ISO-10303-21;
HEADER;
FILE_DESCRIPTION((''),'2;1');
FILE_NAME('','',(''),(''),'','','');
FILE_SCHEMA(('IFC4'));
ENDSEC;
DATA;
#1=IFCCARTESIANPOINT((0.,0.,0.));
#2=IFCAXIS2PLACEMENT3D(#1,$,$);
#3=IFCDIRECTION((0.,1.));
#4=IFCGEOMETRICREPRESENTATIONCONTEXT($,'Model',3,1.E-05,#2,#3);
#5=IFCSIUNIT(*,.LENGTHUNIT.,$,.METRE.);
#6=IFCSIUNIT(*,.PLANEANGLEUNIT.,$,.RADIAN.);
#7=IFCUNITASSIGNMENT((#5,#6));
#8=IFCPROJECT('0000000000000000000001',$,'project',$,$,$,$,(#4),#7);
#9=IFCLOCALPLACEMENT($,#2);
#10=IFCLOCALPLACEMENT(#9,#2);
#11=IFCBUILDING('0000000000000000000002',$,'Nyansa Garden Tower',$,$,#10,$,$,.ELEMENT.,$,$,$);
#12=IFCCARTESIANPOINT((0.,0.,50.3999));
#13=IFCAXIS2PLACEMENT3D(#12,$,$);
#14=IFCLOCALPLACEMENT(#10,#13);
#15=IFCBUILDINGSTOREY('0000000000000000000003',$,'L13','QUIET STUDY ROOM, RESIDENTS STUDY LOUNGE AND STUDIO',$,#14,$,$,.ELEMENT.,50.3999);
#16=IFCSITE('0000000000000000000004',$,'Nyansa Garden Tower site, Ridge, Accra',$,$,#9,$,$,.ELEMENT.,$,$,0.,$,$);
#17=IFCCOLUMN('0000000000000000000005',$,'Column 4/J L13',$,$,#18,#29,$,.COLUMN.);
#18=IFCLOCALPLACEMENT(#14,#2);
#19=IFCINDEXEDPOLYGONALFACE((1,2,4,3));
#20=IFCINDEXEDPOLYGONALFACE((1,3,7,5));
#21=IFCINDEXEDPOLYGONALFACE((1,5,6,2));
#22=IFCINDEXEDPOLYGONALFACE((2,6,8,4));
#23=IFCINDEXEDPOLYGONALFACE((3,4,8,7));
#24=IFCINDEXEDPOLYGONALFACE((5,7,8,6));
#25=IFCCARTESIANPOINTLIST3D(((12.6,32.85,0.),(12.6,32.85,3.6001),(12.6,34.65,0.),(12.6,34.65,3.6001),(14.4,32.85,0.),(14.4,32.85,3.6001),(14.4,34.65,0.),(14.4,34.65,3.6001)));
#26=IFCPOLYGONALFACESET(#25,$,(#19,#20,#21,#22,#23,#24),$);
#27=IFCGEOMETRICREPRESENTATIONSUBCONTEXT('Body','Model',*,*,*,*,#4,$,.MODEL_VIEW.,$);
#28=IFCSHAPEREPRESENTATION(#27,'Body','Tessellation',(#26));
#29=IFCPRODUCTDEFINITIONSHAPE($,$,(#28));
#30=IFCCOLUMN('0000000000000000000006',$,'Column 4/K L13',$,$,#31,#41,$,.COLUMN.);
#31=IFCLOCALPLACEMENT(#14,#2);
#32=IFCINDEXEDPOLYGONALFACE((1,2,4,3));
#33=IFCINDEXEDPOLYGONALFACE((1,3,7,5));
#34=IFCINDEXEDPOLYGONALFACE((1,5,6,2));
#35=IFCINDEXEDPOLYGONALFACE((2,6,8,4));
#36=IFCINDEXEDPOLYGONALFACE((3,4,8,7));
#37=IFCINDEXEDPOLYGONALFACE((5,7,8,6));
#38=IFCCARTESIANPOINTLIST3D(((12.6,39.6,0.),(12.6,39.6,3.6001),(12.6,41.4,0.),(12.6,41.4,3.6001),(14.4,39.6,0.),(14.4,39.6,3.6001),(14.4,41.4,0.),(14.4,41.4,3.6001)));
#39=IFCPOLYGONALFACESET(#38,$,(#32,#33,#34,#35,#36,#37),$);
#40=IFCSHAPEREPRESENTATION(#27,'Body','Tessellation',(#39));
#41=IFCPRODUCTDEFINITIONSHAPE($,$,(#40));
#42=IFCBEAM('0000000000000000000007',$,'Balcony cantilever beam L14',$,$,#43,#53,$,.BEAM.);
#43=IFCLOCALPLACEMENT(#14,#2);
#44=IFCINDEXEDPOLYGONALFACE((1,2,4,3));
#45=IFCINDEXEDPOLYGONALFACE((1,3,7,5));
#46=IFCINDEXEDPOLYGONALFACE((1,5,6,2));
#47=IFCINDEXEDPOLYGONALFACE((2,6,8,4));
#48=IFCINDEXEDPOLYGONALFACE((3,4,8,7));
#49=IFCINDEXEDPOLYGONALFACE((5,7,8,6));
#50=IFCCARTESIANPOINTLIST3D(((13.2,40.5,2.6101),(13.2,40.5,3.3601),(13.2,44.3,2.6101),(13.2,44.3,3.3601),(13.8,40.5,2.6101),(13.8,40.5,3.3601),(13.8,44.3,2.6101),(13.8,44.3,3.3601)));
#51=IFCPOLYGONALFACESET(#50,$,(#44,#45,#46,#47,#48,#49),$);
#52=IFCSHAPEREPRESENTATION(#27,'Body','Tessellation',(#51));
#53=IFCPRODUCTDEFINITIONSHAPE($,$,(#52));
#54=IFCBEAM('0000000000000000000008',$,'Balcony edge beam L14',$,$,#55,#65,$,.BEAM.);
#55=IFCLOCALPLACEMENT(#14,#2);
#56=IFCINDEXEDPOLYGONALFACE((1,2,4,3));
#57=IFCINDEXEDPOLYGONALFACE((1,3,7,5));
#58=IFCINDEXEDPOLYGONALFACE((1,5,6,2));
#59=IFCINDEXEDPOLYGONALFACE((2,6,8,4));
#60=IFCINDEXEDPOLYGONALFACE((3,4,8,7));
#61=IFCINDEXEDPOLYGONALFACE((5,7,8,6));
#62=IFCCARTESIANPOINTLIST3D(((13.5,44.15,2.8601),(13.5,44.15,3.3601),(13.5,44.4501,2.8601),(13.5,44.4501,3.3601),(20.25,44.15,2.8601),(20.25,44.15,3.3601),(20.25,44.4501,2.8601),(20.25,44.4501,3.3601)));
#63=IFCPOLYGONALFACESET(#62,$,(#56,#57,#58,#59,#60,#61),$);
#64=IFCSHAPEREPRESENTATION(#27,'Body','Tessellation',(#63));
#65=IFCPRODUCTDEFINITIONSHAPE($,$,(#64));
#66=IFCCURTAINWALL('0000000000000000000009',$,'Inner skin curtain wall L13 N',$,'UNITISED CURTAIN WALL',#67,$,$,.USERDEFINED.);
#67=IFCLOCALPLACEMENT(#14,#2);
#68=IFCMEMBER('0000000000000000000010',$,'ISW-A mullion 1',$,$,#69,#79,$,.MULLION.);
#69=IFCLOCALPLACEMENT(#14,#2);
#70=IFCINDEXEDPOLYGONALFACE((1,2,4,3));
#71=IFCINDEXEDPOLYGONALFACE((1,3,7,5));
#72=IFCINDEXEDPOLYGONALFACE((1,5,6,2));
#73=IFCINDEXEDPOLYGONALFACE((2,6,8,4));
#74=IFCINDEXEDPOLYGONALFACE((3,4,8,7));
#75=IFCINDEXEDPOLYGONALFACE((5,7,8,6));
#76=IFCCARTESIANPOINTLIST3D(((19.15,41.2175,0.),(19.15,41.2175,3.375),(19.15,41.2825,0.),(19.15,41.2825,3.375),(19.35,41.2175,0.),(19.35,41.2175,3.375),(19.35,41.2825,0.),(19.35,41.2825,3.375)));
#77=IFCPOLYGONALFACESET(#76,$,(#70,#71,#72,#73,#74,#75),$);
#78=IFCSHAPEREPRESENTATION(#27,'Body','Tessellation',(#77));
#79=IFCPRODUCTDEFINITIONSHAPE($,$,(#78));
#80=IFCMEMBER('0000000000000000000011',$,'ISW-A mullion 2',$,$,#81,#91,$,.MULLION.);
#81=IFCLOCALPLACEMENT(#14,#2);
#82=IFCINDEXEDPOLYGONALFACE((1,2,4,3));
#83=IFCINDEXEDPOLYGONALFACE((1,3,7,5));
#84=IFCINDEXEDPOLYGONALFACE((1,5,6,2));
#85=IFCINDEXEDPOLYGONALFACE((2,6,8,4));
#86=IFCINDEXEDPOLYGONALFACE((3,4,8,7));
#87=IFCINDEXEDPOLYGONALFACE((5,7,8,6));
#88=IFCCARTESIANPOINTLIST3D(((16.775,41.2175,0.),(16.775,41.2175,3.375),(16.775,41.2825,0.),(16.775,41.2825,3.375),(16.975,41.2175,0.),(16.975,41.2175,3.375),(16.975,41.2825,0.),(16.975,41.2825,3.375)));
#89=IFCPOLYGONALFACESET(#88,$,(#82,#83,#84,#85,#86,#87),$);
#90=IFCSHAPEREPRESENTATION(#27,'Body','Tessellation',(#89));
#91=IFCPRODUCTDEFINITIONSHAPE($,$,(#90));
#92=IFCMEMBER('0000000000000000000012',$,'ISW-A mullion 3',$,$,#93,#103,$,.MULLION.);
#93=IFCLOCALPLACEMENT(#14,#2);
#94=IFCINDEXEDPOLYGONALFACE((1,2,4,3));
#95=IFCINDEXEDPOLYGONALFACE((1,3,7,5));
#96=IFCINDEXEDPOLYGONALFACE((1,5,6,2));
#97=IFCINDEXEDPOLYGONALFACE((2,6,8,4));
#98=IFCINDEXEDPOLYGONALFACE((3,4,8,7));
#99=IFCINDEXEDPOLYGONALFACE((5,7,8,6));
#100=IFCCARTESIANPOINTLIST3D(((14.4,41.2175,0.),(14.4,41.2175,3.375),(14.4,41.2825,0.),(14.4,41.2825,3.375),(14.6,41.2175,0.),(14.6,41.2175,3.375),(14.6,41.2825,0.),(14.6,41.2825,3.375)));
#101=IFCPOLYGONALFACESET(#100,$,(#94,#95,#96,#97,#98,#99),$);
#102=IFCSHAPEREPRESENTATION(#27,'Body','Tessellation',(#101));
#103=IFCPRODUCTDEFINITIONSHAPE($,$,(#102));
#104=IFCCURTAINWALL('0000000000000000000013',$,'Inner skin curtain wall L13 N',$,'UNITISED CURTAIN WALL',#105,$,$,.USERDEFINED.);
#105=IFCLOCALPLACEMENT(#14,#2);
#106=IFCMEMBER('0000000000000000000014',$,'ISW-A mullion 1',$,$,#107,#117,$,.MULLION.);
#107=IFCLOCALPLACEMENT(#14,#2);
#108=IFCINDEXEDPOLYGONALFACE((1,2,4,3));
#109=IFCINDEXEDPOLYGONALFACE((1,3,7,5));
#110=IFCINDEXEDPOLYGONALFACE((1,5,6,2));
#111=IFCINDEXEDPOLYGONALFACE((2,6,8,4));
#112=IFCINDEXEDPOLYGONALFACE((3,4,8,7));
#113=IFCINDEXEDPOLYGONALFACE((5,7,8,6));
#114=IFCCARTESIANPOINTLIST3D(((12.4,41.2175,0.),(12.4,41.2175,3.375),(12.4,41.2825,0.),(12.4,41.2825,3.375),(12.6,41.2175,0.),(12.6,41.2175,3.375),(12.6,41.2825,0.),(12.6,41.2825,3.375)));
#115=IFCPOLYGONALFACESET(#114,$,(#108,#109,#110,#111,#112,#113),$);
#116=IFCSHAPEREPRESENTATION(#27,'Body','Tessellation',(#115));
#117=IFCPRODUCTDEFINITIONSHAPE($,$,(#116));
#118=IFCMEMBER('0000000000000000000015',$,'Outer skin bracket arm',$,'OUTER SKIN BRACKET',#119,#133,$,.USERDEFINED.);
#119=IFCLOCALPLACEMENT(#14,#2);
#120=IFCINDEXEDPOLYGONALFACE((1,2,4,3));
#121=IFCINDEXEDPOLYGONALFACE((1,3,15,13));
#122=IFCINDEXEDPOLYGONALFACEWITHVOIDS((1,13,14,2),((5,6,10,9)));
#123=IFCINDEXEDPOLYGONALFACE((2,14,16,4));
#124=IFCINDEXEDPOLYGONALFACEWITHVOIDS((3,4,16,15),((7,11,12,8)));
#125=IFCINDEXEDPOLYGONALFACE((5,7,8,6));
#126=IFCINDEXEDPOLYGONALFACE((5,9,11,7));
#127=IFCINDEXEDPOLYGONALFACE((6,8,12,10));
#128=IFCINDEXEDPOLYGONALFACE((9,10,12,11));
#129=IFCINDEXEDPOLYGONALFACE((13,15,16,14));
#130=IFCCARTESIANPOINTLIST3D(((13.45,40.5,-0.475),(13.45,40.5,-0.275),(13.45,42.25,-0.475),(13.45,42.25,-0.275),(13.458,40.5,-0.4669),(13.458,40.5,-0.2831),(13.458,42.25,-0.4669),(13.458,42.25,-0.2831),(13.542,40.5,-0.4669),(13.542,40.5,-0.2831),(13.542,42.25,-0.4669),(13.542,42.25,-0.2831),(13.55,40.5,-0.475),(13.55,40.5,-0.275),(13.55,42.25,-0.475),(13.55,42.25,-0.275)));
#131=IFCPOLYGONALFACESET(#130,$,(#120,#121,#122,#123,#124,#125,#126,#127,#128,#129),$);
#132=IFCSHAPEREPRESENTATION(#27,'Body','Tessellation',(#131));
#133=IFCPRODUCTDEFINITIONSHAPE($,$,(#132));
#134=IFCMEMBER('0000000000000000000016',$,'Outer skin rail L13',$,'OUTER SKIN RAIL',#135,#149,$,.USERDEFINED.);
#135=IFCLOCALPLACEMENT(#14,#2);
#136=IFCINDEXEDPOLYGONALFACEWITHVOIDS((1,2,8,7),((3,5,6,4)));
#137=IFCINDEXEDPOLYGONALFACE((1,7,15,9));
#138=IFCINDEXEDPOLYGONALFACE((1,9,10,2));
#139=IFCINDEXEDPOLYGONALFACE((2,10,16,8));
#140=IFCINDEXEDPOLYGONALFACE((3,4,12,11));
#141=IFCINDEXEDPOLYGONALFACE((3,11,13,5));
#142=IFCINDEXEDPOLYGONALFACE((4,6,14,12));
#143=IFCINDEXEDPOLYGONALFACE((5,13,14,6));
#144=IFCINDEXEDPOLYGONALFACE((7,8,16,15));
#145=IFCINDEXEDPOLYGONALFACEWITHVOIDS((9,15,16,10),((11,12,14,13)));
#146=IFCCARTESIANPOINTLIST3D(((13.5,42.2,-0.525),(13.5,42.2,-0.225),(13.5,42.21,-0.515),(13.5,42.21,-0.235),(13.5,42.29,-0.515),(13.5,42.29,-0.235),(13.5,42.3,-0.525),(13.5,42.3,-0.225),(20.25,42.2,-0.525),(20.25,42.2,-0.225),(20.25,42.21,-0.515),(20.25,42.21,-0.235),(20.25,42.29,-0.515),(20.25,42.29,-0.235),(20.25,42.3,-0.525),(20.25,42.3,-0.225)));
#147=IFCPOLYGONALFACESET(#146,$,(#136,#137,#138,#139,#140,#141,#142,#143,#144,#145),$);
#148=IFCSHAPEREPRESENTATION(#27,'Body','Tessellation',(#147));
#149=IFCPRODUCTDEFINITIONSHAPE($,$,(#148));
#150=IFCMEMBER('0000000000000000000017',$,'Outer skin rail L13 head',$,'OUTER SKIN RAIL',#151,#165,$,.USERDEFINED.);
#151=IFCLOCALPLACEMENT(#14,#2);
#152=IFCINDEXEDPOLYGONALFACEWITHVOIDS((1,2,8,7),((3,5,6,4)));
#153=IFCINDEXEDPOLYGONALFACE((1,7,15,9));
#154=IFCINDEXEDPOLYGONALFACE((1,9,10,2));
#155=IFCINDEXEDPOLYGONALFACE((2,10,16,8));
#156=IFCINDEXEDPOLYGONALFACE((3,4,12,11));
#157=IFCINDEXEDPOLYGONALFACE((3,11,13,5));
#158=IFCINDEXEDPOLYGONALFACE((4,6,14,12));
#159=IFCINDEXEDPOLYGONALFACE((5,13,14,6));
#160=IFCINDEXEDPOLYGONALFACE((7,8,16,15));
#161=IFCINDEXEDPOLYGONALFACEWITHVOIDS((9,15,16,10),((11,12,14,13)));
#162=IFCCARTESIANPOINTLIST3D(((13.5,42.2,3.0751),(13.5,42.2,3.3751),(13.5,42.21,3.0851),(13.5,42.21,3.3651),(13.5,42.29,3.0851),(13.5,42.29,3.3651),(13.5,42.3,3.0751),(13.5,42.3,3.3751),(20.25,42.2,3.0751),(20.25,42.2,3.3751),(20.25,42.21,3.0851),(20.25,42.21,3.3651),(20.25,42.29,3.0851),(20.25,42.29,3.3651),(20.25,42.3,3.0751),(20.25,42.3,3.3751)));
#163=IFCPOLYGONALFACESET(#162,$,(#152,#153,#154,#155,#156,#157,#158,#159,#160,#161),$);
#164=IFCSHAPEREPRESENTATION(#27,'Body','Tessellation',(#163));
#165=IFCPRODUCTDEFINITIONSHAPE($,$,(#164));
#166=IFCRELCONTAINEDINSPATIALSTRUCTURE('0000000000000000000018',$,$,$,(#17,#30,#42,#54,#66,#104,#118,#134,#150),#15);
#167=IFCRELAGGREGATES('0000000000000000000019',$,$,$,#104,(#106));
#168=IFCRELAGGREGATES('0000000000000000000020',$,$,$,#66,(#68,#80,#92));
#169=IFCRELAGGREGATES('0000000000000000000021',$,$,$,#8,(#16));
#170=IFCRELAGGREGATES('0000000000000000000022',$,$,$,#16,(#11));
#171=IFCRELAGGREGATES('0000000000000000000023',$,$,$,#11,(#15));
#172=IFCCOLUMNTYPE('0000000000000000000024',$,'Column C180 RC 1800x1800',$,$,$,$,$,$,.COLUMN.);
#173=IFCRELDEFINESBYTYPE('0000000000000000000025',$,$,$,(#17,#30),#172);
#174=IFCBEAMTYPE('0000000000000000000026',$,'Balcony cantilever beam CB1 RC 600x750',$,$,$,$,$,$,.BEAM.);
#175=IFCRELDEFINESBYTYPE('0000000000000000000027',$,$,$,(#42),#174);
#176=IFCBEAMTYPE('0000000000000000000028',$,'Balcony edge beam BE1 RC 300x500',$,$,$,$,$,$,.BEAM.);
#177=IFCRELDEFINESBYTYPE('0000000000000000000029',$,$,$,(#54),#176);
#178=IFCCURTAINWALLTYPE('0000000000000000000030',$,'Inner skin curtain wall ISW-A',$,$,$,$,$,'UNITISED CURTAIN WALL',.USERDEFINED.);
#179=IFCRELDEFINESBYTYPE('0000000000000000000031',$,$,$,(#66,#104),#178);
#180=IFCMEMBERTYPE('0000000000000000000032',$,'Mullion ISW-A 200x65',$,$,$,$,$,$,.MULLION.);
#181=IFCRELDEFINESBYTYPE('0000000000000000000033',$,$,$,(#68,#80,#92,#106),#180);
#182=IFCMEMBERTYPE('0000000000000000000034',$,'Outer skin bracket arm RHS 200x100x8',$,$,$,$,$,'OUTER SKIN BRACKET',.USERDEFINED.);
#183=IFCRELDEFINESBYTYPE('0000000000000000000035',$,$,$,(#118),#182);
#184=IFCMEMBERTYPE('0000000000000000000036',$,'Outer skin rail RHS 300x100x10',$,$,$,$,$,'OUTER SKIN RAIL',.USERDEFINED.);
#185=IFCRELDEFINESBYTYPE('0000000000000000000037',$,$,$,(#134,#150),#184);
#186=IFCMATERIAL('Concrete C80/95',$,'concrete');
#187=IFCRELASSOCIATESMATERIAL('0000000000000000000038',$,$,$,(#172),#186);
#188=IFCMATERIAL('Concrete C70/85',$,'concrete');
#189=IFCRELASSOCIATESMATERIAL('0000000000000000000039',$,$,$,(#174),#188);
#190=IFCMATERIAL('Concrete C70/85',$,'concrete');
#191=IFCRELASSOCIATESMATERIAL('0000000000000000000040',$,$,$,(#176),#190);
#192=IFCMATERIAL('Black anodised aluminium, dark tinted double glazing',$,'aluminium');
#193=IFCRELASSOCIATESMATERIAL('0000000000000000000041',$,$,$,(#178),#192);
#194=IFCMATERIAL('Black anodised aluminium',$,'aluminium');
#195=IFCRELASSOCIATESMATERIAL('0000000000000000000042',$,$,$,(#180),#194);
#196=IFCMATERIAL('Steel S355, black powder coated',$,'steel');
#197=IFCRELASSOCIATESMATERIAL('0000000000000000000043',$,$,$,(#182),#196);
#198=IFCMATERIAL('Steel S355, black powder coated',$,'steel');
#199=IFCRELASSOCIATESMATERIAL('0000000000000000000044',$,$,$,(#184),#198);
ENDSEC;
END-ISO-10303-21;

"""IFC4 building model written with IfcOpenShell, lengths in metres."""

from ifc_helpers import new_model, si_unit, direction, frame, origin, origin_2d, place, context, subcontext, project, spatial, rectangle, hollow_rectangle, extrude, material, material_profile, profile_set, type_object, element, aggregate, save


model = new_model("IFC4")

# Units and contexts
model_context = context("Model", 3, precision=1e-05, world=origin(), true_north=direction((0.0, 1.0)))
body_context = subcontext(model_context, "Body", "Model", "MODEL_VIEW")
ifc_project = project(units=[si_unit("LENGTHUNIT", "METRE"), si_unit("PLANEANGLEUNIT", "RADIAN")], contexts=[model_context])

# Site, building, storey
site_placement = place(None, origin())
site = spatial("IfcSite", under=ifc_project, at=site_placement, Name="Nyansa Garden Tower site, Ridge, Accra", CompositionType="ELEMENT", RefElevation=0.0)
building_placement = place(site_placement, origin())
building = spatial("IfcBuilding", under=site, at=building_placement, Name="Nyansa Garden Tower", CompositionType="ELEMENT")
storey_placement = place(building_placement, frame((0.0, 0.0, 50.3999)))
storey = spatial("IfcBuildingStorey", under=building, at=storey_placement, Name="L13", Description="QUIET STUDY ROOM, RESIDENTS STUDY LOUNGE AND STUDIO", CompositionType="ELEMENT", Elevation=50.3999)

# Columns
ifc_material_1 = material(Name="Concrete C80/95", Category="concrete")
ifc_material_profile_1 = material_profile(ifc_material_1, rectangle(XDim=1.8, YDim=1.8, at=origin_2d()), Name="RC 1800x1800")
ifc_profile_set_1 = profile_set([ifc_material_profile_1], Name="Concrete C80/95")
column_type = type_object("IfcColumnType", Name="Column C180 RC 1800x1800", PredefinedType="COLUMN", material=ifc_profile_set_1)
for number, where, z_axis, x_axis, name in (
    (1, (13.5, 33.75, 0.0), (0.0, 0.0, 1.0), (1.0, 0.0, 0.0), "Column 4/J L13"),
    (2, (13.5, 40.5, 0.0), (0.0, 0.0, 1.0), (1.0, 0.0, 0.0), "Column 4/K L13"),
):
    element("IfcColumn", number, at=place(storey_placement, frame(where, z_axis=z_axis, x_axis=x_axis)), inside=storey, type_object=column_type, Name=name, PredefinedType="COLUMN", context=body_context, shape_type="SweptSolid", body=[
        extrude(rectangle(XDim=1.8, YDim=1.8, at=origin_2d()), origin(), (0.0, 0.0, 1.0), 3.6001),
    ])

# Beams
ifc_material_2 = material(Name="Concrete C70/85", Category="concrete")
ifc_material_profile_2 = material_profile(ifc_material_2, rectangle(XDim=0.6001, YDim=0.75, at=origin_2d()), Name="RC 600x750")
ifc_profile_set_2 = profile_set([ifc_material_profile_2], Name="Concrete C70/85")
beam_type_1 = type_object("IfcBeamType", Name="Balcony cantilever beam CB1 RC 600x750", PredefinedType="BEAM", material=ifc_profile_set_2)
beam_1_placement = place(storey_placement, frame((13.5, 40.5, 2.9851), z_axis=(0.0, 1.0, 0.0), x_axis=(-1.0, 0.0, 0.0)))
element("IfcBeam", 3, at=beam_1_placement, inside=storey, type_object=beam_type_1, Name="Balcony cantilever beam L14", PredefinedType="BEAM", context=body_context, shape_type="SweptSolid", body=[
    extrude(rectangle(XDim=0.6001, YDim=0.75, at=origin_2d()), origin(), (0.0, 0.0, 1.0), 3.8),
])
ifc_material_3 = material(Name="Concrete C70/85", Category="concrete")
ifc_material_profile_3 = material_profile(ifc_material_3, rectangle(XDim=0.3, YDim=0.5, at=origin_2d()), Name="RC 300x500")
ifc_profile_set_3 = profile_set([ifc_material_profile_3], Name="Concrete C70/85")
beam_type_2 = type_object("IfcBeamType", Name="Balcony edge beam BE1 RC 300x500", PredefinedType="BEAM", material=ifc_profile_set_3)
beam_2_placement = place(storey_placement, frame((13.5, 44.3, 3.1101), z_axis=(1.0, 0.0, 0.0), x_axis=(0.0, 1.0, 0.0)))
element("IfcBeam", 4, at=beam_2_placement, inside=storey, type_object=beam_type_2, Name="Balcony edge beam L14", PredefinedType="BEAM", context=body_context, shape_type="SweptSolid", body=[
    extrude(rectangle(XDim=0.3, YDim=0.5, at=origin_2d()), origin(), (0.0, 0.0, 1.0), 6.75),
])

# Curtain wall, members
ifc_material_4 = material(Name="Black anodised aluminium, dark tinted double glazing", Category="aluminium")
curtain_wall_type = type_object("IfcCurtainWallType", Name="Inner skin curtain wall ISW-A", ElementType="UNITISED CURTAIN WALL", PredefinedType="USERDEFINED", material=ifc_material_4)
curtain_wall_1_placement = place(storey_placement, origin())
curtain_wall_1 = element("IfcCurtainWall", 5, at=curtain_wall_1_placement, inside=storey, type_object=curtain_wall_type, Name="Inner skin curtain wall L13 N", ObjectType="UNITISED CURTAIN WALL", PredefinedType="USERDEFINED")
ifc_material_5 = material(Name="Black anodised aluminium", Category="aluminium")
ifc_material_profile_4 = material_profile(ifc_material_5, rectangle(XDim=0.0649, YDim=0.2, at=origin_2d()), Name="Mullion 200x65")
ifc_profile_set_4 = profile_set([ifc_material_profile_4], Name="Black anodised aluminium")
member_type_1 = type_object("IfcMemberType", Name="Mullion ISW-A 200x65", PredefinedType="MULLION", material=ifc_profile_set_4)
member_1_placement = place(storey_placement, frame((19.25, 41.25, 0.0), z_axis=(0.0, 0.0, 1.0), x_axis=(0.0, -1.0, 0.0)))
member_1 = element("IfcMember", 6, at=member_1_placement, type_object=member_type_1, Name="ISW-A mullion 1", PredefinedType="MULLION", context=body_context, shape_type="SweptSolid", body=[
    extrude(rectangle(XDim=0.0649, YDim=0.2, at=origin_2d()), origin(), (0.0, 0.0, 1.0), 3.375),
])
member_2_placement = place(storey_placement, frame((16.875, 41.25, 0.0), z_axis=(0.0, 0.0, 1.0), x_axis=(0.0, -1.0, 0.0)))
member_2 = element("IfcMember", 7, at=member_2_placement, type_object=member_type_1, Name="ISW-A mullion 2", PredefinedType="MULLION", context=body_context, shape_type="SweptSolid", body=[
    extrude(rectangle(XDim=0.0649, YDim=0.2, at=origin_2d()), origin(), (0.0, 0.0, 1.0), 3.375),
])
member_3_placement = place(storey_placement, frame((14.5, 41.25, 0.0), z_axis=(0.0, 0.0, 1.0), x_axis=(0.0, -1.0, 0.0)))
member_3 = element("IfcMember", 8, at=member_3_placement, type_object=member_type_1, Name="ISW-A mullion 3", PredefinedType="MULLION", context=body_context, shape_type="SweptSolid", body=[
    extrude(rectangle(XDim=0.0649, YDim=0.2, at=origin_2d()), origin(), (0.0, 0.0, 1.0), 3.375),
])

# Curtain wall, member
curtain_wall_2_placement = place(storey_placement, origin())
curtain_wall_2 = element("IfcCurtainWall", 9, at=curtain_wall_2_placement, inside=storey, type_object=curtain_wall_type, Name="Inner skin curtain wall L13 N", ObjectType="UNITISED CURTAIN WALL", PredefinedType="USERDEFINED")
member_4_placement = place(storey_placement, frame((12.5, 41.25, 0.0), z_axis=(0.0, 0.0, 1.0), x_axis=(0.0, -1.0, 0.0)))
member_4 = element("IfcMember", 10, at=member_4_placement, type_object=member_type_1, Name="ISW-A mullion 1", PredefinedType="MULLION", context=body_context, shape_type="SweptSolid", body=[
    extrude(rectangle(XDim=0.0649, YDim=0.2, at=origin_2d()), origin(), (0.0, 0.0, 1.0), 3.375),
])

# Members
ifc_material_6 = material(Name="Steel S355, black powder coated", Category="steel")
ifc_material_profile_5 = material_profile(ifc_material_6, hollow_rectangle(XDim=0.1001, YDim=0.2, WallThickness=0.0081, at=origin_2d()), Name="RHS 200x100x8")
ifc_profile_set_5 = profile_set([ifc_material_profile_5], Name="Steel S355, black powder coated")
member_type_2 = type_object("IfcMemberType", Name="Outer skin bracket arm RHS 200x100x8", ElementType="OUTER SKIN BRACKET", PredefinedType="USERDEFINED", material=ifc_profile_set_5)
member_5_placement = place(storey_placement, frame((13.5, 40.5, -0.375), z_axis=(0.0, 1.0, 0.0), x_axis=(-1.0, 0.0, 0.0)))
element("IfcMember", 11, at=member_5_placement, inside=storey, type_object=member_type_2, Name="Outer skin bracket arm", ObjectType="OUTER SKIN BRACKET", PredefinedType="USERDEFINED", context=body_context, shape_type="SweptSolid", body=[
    extrude(hollow_rectangle(XDim=0.1001, YDim=0.2, WallThickness=0.0081, at=origin_2d()), origin(), (0.0, 0.0, 1.0), 1.75),
])
ifc_material_7 = material(Name="Steel S355, black powder coated", Category="steel")
ifc_material_profile_6 = material_profile(ifc_material_7, hollow_rectangle(XDim=0.1001, YDim=0.3, WallThickness=0.01, at=origin_2d()), Name="RHS 300x100x10")
ifc_profile_set_6 = profile_set([ifc_material_profile_6], Name="Steel S355, black powder coated")
member_type_3 = type_object("IfcMemberType", Name="Outer skin rail RHS 300x100x10", ElementType="OUTER SKIN RAIL", PredefinedType="USERDEFINED", material=ifc_profile_set_6)
for number, where, z_axis, x_axis, name in (
    (12, (13.5, 42.25, -0.375), (1.0, 0.0, 0.0), (0.0, 1.0, 0.0), "Outer skin rail L13"),
    (13, (13.5, 42.25, 3.2251), (1.0, 0.0, 0.0), (0.0, 1.0, 0.0), "Outer skin rail L13 head"),
):
    element("IfcMember", number, at=place(storey_placement, frame(where, z_axis=z_axis, x_axis=x_axis)), inside=storey, type_object=member_type_3, Name=name, ObjectType="OUTER SKIN RAIL", PredefinedType="USERDEFINED", context=body_context, shape_type="SweptSolid", body=[
        extrude(hollow_rectangle(XDim=0.1001, YDim=0.3, WallThickness=0.01, at=origin_2d()), origin(), (0.0, 0.0, 1.0), 6.75),
    ])

aggregate(curtain_wall_2, [member_4])

aggregate(curtain_wall_1, [member_1, member_2, member_3])

save(model, "model.ifc")
